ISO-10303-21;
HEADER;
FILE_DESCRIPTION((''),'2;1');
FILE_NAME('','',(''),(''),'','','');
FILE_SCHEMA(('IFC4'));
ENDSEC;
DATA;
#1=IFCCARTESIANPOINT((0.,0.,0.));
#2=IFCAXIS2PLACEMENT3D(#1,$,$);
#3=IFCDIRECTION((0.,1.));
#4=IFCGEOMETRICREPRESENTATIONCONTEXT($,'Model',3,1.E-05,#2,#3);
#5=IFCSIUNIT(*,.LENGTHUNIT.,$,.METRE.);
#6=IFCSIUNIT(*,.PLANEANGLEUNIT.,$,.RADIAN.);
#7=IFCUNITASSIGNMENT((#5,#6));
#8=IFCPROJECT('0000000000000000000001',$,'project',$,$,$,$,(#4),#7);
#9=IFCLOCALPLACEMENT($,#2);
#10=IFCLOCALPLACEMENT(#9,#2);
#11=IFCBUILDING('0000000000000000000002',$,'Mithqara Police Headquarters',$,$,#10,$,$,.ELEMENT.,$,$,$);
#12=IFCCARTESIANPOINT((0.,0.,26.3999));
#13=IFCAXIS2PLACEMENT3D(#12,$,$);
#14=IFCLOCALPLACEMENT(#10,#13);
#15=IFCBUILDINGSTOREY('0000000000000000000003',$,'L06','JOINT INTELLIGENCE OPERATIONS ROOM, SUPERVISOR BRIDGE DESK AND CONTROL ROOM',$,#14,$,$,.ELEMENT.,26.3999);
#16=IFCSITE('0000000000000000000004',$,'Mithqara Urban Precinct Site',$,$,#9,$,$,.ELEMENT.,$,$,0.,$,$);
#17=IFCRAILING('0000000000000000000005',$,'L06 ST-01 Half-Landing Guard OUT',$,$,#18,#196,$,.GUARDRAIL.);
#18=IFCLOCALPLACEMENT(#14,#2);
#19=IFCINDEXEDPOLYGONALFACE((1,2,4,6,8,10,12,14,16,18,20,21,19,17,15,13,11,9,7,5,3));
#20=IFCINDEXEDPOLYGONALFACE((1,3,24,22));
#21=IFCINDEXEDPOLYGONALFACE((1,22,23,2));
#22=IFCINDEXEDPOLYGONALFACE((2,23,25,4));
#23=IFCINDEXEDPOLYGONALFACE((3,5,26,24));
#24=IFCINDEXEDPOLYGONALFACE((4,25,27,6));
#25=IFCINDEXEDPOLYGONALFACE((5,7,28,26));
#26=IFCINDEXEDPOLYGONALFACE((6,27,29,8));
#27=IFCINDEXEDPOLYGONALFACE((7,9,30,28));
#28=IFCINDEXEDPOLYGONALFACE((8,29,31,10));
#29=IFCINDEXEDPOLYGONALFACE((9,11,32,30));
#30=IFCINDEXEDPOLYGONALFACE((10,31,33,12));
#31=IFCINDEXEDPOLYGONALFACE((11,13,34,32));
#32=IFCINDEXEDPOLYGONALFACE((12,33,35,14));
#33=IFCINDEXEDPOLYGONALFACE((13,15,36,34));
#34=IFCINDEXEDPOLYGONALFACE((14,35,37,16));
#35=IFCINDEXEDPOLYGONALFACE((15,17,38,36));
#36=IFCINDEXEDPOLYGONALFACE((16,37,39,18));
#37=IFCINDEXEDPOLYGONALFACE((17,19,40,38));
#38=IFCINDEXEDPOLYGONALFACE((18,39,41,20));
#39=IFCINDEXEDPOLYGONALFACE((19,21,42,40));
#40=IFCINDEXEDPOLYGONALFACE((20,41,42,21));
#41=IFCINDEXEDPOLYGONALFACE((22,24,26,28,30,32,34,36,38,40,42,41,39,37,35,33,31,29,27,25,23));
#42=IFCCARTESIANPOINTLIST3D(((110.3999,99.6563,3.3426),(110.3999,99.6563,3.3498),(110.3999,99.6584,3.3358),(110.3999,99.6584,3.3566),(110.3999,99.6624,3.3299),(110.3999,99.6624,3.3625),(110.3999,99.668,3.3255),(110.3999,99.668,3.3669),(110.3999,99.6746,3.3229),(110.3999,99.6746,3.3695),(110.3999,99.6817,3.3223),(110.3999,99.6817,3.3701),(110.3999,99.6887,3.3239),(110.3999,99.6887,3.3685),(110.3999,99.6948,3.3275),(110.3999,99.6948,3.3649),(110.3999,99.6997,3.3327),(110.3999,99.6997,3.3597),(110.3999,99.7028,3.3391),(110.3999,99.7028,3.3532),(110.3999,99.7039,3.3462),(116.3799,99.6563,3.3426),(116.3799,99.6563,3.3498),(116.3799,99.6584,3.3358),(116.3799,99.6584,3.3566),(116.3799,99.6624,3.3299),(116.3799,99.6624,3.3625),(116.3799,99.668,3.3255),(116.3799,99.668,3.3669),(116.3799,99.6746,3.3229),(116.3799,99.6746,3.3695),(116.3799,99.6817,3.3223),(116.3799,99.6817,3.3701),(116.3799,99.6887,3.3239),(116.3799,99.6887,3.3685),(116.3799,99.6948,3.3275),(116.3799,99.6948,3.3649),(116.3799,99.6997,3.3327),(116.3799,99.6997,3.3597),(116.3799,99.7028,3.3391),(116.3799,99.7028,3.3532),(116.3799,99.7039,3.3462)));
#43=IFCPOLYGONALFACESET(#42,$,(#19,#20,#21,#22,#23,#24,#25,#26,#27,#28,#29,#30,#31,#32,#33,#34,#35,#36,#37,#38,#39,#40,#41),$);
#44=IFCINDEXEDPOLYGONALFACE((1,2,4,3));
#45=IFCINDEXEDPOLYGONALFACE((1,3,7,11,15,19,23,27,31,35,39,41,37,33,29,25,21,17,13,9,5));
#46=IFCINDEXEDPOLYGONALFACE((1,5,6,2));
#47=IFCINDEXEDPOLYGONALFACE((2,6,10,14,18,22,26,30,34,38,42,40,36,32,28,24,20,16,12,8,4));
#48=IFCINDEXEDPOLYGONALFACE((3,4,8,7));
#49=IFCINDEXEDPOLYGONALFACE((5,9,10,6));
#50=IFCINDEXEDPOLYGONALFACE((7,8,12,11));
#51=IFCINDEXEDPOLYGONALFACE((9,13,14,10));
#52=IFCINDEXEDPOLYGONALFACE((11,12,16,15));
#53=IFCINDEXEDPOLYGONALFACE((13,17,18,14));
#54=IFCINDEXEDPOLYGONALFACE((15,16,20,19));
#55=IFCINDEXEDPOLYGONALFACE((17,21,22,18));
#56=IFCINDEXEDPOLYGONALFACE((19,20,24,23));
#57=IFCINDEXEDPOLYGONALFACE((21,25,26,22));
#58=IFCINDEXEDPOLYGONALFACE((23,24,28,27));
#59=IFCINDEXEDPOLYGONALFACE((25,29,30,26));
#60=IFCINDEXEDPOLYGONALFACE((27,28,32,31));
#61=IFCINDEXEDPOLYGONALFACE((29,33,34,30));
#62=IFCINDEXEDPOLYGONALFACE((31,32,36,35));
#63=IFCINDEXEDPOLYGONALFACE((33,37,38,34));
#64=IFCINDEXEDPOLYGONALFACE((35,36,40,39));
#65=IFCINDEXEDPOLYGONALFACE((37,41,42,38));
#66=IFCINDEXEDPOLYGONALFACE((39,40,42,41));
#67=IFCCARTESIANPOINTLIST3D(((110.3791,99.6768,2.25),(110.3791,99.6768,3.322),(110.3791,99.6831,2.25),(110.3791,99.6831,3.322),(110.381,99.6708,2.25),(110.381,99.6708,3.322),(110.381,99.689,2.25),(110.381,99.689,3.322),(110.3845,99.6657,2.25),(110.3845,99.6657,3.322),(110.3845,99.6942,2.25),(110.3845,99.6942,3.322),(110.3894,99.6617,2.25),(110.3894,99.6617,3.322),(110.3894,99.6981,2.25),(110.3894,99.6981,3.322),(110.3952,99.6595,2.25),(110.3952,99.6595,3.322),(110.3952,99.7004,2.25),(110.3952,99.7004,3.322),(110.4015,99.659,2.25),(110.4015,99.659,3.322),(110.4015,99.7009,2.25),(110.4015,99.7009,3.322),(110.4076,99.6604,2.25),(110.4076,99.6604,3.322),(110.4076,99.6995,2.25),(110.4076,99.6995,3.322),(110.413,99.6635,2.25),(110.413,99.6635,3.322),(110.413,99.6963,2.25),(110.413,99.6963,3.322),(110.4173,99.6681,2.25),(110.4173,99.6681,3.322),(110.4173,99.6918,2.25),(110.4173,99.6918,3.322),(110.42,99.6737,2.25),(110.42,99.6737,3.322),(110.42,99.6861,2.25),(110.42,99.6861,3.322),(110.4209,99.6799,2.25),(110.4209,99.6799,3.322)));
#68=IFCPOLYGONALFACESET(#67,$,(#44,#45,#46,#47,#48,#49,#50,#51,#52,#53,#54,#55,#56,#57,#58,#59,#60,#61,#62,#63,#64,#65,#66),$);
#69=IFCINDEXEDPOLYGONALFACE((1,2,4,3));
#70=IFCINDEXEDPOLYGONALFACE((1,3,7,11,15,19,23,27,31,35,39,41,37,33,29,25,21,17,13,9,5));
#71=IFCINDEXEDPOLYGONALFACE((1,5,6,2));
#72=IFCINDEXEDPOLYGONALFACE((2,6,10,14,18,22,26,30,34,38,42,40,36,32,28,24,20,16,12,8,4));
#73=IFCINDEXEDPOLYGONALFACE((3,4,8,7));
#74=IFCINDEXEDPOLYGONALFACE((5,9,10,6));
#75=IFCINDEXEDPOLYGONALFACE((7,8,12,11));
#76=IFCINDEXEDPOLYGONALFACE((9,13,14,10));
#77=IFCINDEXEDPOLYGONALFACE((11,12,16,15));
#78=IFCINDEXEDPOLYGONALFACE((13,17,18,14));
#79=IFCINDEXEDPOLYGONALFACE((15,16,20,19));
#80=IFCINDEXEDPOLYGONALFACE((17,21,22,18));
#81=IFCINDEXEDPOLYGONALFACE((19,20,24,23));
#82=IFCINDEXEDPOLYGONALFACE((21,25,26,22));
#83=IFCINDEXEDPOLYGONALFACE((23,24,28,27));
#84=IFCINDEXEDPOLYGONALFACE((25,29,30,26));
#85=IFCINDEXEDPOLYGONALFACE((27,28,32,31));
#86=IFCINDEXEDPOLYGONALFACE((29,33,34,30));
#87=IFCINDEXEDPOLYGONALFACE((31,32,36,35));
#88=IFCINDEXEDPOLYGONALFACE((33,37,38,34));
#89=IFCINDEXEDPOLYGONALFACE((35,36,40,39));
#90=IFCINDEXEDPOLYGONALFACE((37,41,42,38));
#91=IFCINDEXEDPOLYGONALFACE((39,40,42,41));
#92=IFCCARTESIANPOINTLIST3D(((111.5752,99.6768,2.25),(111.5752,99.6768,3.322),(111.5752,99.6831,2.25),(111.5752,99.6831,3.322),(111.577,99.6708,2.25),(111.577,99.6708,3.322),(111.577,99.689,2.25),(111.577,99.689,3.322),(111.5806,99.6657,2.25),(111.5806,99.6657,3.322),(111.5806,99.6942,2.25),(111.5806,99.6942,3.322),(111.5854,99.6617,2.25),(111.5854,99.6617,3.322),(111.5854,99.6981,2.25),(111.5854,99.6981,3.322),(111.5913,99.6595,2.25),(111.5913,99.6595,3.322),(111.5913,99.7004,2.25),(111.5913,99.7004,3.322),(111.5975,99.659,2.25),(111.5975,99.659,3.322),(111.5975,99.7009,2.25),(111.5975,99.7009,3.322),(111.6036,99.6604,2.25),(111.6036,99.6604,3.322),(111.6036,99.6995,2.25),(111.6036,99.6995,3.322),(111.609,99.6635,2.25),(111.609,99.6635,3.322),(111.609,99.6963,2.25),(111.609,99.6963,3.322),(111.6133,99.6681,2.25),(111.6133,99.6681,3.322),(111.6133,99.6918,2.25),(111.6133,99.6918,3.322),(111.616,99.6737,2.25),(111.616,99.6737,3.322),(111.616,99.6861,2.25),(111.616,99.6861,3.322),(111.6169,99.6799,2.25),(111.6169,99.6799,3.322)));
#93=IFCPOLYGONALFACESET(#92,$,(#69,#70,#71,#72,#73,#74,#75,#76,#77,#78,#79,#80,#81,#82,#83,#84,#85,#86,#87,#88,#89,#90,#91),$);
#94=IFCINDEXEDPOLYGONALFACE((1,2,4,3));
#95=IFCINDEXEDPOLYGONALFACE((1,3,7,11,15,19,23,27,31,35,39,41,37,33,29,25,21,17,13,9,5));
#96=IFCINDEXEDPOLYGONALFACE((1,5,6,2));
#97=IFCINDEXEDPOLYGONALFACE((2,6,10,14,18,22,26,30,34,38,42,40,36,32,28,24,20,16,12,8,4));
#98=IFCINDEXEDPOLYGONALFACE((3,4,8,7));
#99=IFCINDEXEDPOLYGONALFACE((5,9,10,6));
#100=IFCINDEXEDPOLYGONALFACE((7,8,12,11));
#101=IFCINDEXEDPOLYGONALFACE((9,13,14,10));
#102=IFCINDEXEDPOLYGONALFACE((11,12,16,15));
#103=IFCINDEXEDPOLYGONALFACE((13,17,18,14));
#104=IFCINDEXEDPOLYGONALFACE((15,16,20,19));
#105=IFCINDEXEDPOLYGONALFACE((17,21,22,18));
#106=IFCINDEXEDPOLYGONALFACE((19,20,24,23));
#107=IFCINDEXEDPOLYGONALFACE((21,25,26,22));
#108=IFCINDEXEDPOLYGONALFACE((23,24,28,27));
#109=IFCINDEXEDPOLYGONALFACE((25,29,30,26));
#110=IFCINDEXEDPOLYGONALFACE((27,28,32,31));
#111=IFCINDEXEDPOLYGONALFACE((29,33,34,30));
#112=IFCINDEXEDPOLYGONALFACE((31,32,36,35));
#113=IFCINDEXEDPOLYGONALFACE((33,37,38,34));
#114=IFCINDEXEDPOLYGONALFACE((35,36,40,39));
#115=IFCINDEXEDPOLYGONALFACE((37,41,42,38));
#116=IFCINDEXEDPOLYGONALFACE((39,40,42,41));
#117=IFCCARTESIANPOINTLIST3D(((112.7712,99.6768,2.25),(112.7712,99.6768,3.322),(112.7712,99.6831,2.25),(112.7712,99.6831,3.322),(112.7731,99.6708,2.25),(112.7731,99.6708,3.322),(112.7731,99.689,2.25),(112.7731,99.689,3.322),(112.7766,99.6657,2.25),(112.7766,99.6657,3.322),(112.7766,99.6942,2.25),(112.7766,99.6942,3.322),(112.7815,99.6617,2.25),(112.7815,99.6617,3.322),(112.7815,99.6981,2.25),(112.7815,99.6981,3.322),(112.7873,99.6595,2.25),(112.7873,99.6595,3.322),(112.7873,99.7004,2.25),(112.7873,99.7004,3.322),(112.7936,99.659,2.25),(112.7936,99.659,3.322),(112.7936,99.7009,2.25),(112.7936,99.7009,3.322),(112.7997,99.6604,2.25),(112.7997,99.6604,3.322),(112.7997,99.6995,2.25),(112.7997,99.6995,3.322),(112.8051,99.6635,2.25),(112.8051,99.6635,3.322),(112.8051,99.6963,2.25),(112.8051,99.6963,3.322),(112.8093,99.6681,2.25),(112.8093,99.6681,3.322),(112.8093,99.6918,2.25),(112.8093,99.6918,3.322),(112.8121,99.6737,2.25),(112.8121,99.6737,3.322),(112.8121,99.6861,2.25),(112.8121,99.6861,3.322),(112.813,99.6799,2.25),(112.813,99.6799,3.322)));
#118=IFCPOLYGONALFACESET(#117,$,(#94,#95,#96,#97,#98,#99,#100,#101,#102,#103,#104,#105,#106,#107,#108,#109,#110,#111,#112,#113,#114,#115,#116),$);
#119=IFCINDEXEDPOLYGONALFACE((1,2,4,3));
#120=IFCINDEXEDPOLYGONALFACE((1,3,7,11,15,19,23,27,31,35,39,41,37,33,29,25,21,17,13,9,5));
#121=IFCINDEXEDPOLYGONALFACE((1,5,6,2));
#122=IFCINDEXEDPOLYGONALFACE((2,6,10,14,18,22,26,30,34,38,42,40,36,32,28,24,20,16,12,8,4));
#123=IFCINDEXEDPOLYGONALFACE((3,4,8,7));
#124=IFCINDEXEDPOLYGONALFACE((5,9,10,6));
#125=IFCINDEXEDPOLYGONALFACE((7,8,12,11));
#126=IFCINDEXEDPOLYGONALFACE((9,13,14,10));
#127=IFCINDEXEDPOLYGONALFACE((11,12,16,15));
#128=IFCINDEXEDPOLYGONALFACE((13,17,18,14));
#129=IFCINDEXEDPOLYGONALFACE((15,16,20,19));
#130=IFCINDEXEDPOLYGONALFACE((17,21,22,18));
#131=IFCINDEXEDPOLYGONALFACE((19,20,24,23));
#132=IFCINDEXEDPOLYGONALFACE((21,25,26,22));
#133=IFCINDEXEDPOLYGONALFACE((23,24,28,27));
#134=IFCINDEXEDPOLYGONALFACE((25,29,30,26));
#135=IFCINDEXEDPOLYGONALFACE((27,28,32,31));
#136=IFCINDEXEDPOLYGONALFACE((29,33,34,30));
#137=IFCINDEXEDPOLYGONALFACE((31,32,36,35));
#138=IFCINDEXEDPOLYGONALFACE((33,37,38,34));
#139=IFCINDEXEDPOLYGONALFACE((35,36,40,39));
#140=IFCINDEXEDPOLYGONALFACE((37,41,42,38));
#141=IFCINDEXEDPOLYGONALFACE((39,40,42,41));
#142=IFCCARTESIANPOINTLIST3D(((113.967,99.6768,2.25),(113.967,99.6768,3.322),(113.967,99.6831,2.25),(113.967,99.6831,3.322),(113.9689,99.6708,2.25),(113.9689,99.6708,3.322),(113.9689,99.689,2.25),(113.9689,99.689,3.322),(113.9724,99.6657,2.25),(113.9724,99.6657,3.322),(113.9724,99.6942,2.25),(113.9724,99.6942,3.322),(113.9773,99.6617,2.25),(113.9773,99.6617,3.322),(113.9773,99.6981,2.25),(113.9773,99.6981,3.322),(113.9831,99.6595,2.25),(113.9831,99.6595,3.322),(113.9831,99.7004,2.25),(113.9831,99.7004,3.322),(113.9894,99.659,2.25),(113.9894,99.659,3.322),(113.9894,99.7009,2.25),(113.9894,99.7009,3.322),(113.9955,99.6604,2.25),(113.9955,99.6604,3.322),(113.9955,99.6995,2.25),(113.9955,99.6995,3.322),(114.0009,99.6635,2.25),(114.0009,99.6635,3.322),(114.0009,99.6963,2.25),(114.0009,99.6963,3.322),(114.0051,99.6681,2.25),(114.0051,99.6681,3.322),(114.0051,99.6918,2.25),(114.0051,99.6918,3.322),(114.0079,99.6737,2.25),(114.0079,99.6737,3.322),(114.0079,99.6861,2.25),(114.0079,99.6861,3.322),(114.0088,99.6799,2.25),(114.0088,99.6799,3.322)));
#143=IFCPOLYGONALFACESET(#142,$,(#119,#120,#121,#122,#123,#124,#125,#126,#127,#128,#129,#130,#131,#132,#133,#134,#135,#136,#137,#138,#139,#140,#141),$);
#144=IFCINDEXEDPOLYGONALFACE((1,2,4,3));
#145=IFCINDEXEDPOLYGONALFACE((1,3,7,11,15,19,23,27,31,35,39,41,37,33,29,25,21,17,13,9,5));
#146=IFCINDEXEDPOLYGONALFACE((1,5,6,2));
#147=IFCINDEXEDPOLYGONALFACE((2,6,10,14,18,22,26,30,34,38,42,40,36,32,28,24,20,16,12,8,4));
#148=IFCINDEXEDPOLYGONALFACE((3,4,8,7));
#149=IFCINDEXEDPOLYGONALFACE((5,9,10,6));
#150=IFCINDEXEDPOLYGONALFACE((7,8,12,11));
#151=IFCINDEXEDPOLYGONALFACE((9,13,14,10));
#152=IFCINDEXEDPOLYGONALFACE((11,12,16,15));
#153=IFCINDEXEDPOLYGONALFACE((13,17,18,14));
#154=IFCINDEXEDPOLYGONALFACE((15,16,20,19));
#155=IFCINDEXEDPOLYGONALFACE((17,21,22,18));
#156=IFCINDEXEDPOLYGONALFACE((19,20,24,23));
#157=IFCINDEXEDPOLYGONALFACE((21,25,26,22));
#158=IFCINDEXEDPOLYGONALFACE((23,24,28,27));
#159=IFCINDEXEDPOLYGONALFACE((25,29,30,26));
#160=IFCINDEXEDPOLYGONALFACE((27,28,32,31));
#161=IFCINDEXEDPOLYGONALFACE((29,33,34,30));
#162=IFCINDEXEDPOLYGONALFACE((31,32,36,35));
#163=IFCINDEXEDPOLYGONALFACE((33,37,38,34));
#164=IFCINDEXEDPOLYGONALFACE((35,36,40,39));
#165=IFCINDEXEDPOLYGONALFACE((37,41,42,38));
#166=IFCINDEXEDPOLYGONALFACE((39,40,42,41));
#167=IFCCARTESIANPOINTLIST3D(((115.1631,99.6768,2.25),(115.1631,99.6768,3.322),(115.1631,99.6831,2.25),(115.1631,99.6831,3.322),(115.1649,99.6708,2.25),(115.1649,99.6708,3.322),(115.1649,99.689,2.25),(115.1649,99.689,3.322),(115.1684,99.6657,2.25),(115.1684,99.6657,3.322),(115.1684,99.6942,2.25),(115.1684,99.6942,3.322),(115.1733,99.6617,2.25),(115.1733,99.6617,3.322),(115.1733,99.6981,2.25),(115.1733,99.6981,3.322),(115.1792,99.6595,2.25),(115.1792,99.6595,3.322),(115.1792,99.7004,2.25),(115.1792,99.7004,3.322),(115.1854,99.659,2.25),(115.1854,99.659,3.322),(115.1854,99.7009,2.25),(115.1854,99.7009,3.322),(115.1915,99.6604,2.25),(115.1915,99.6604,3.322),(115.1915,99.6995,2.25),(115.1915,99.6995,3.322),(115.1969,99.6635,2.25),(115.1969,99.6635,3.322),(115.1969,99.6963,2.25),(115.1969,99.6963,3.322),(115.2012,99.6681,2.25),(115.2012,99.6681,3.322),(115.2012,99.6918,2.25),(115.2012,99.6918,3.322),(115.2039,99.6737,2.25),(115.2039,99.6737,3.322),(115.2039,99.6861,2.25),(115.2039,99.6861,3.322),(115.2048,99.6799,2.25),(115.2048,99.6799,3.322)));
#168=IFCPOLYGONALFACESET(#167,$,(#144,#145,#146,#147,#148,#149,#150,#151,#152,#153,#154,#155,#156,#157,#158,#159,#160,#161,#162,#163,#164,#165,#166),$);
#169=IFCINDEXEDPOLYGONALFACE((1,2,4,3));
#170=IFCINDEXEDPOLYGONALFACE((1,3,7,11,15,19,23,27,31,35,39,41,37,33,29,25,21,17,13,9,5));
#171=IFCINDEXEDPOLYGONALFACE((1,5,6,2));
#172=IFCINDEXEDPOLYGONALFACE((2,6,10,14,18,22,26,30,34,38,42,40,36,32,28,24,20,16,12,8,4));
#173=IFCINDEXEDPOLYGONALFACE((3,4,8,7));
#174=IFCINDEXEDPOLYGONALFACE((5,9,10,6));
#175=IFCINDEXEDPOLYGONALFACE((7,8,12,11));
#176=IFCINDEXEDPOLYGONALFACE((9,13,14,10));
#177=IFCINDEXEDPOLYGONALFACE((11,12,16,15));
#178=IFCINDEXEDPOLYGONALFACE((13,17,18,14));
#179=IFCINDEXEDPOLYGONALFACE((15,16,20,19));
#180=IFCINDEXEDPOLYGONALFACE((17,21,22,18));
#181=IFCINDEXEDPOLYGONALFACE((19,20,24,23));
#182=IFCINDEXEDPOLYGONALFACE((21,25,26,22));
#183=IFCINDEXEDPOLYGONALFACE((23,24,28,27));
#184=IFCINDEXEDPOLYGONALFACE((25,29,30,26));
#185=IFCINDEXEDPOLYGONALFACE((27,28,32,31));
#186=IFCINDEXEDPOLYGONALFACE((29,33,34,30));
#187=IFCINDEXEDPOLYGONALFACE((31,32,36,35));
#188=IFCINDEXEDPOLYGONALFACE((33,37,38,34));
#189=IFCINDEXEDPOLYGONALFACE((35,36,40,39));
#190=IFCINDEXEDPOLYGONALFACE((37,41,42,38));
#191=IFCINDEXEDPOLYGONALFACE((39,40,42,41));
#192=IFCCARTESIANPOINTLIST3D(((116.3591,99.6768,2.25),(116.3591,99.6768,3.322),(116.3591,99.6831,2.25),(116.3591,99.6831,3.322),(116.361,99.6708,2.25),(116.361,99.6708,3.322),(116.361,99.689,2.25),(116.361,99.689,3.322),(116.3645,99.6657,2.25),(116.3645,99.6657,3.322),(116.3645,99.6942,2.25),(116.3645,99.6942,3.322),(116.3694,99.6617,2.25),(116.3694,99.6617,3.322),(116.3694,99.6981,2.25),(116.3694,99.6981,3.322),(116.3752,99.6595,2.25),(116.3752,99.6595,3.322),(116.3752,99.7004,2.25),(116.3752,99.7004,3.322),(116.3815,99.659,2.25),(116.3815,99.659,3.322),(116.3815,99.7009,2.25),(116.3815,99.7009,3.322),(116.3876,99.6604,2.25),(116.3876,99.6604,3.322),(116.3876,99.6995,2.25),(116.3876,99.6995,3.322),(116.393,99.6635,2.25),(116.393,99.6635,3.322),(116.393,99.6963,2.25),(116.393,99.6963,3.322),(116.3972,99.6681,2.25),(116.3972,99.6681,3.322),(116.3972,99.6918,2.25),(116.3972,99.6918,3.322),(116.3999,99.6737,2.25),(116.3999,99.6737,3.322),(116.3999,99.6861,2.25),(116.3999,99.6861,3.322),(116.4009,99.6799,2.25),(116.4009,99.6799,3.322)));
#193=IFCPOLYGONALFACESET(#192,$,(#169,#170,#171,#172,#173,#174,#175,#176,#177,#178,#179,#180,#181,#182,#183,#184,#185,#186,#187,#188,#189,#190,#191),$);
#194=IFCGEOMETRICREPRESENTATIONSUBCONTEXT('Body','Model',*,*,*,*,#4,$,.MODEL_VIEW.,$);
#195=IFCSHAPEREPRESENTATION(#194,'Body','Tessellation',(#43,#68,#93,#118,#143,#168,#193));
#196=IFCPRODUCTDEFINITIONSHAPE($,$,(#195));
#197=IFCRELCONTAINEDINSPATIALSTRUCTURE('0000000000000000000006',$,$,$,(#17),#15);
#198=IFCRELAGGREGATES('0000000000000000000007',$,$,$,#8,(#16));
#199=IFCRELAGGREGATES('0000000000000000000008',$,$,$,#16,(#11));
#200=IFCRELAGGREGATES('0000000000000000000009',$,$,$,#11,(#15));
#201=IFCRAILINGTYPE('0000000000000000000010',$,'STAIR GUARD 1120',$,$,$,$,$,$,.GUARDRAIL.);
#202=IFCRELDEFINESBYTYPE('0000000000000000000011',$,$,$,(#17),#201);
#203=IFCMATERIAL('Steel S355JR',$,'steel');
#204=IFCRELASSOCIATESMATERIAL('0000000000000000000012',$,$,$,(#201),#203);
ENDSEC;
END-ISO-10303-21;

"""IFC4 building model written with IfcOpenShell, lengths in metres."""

from ifc_helpers import new_model, si_unit, direction, frame, origin, origin_2d, place, context, subcontext, project, spatial, circle, extrude, material, type_object, element, save


model = new_model("IFC4")

# Units and contexts
model_context = context("Model", 3, precision=1e-05, world=origin(), true_north=direction((0.0, 1.0)))
body_context = subcontext(model_context, "Body", "Model", "MODEL_VIEW")
ifc_project = project(units=[si_unit("LENGTHUNIT", "METRE"), si_unit("PLANEANGLEUNIT", "RADIAN")], contexts=[model_context])

# Site, building, storey
site_placement = place(None, origin())
site = spatial("IfcSite", under=ifc_project, at=site_placement, Name="Mithqara Urban Precinct Site", CompositionType="ELEMENT", RefElevation=0.0)
building_placement = place(site_placement, origin())
building = spatial("IfcBuilding", under=site, at=building_placement, Name="Mithqara Police Headquarters", CompositionType="ELEMENT")
storey_placement = place(building_placement, frame((0.0, 0.0, 26.3999)))
storey = spatial("IfcBuildingStorey", under=building, at=storey_placement, Name="L06", Description="JOINT INTELLIGENCE OPERATIONS ROOM, SUPERVISOR BRIDGE DESK AND CONTROL ROOM", CompositionType="ELEMENT", Elevation=26.3999)

# Shared definitions
ifc_material_1 = material(Name="Steel S355JR", Category="steel")

# Railing
railing_type = type_object("IfcRailingType", Name="STAIR GUARD 1120", PredefinedType="GUARDRAIL", material=ifc_material_1)
for number, where, name in (
    (1, (110.3999, 99.6799, 2.25), "L06 ST-01 Half-Landing Guard OUT"),
):
    element("IfcRailing", number, at=place(storey_placement, frame(where)), inside=storey, type_object=railing_type, Name=name, PredefinedType="GUARDRAIL", context=body_context, shape_type="SweptSolid", body=[
        extrude(circle(Radius=0.0239, at=origin_2d()), frame((0.0, 0.0, 1.0962), z_axis=(1.0, 0.0, 0.0), x_axis=(0.0, 1.0, 0.0)), (0.0, 0.0, 1.0), 5.98),
        extrude(circle(Radius=0.021, at=origin_2d()), origin(), (0.0, 0.0, 1.0), 1.072),
        extrude(circle(Radius=0.021, at=origin_2d()), frame((1.196, 0.0, 0.0)), (0.0, 0.0, 1.0), 1.072),
        extrude(circle(Radius=0.021, at=origin_2d()), frame((2.3921, 0.0, 0.0)), (0.0, 0.0, 1.0), 1.072),
        extrude(circle(Radius=0.021, at=origin_2d()), frame((3.5879, 0.0, 0.0)), (0.0, 0.0, 1.0), 1.072),
        extrude(circle(Radius=0.021, at=origin_2d()), frame((4.7839, 0.0, 0.0)), (0.0, 0.0, 1.0), 1.072),
        extrude(circle(Radius=0.021, at=origin_2d()), frame((5.98, 0.0, 0.0)), (0.0, 0.0, 1.0), 1.072),
    ])

save(model, "model.ifc")
